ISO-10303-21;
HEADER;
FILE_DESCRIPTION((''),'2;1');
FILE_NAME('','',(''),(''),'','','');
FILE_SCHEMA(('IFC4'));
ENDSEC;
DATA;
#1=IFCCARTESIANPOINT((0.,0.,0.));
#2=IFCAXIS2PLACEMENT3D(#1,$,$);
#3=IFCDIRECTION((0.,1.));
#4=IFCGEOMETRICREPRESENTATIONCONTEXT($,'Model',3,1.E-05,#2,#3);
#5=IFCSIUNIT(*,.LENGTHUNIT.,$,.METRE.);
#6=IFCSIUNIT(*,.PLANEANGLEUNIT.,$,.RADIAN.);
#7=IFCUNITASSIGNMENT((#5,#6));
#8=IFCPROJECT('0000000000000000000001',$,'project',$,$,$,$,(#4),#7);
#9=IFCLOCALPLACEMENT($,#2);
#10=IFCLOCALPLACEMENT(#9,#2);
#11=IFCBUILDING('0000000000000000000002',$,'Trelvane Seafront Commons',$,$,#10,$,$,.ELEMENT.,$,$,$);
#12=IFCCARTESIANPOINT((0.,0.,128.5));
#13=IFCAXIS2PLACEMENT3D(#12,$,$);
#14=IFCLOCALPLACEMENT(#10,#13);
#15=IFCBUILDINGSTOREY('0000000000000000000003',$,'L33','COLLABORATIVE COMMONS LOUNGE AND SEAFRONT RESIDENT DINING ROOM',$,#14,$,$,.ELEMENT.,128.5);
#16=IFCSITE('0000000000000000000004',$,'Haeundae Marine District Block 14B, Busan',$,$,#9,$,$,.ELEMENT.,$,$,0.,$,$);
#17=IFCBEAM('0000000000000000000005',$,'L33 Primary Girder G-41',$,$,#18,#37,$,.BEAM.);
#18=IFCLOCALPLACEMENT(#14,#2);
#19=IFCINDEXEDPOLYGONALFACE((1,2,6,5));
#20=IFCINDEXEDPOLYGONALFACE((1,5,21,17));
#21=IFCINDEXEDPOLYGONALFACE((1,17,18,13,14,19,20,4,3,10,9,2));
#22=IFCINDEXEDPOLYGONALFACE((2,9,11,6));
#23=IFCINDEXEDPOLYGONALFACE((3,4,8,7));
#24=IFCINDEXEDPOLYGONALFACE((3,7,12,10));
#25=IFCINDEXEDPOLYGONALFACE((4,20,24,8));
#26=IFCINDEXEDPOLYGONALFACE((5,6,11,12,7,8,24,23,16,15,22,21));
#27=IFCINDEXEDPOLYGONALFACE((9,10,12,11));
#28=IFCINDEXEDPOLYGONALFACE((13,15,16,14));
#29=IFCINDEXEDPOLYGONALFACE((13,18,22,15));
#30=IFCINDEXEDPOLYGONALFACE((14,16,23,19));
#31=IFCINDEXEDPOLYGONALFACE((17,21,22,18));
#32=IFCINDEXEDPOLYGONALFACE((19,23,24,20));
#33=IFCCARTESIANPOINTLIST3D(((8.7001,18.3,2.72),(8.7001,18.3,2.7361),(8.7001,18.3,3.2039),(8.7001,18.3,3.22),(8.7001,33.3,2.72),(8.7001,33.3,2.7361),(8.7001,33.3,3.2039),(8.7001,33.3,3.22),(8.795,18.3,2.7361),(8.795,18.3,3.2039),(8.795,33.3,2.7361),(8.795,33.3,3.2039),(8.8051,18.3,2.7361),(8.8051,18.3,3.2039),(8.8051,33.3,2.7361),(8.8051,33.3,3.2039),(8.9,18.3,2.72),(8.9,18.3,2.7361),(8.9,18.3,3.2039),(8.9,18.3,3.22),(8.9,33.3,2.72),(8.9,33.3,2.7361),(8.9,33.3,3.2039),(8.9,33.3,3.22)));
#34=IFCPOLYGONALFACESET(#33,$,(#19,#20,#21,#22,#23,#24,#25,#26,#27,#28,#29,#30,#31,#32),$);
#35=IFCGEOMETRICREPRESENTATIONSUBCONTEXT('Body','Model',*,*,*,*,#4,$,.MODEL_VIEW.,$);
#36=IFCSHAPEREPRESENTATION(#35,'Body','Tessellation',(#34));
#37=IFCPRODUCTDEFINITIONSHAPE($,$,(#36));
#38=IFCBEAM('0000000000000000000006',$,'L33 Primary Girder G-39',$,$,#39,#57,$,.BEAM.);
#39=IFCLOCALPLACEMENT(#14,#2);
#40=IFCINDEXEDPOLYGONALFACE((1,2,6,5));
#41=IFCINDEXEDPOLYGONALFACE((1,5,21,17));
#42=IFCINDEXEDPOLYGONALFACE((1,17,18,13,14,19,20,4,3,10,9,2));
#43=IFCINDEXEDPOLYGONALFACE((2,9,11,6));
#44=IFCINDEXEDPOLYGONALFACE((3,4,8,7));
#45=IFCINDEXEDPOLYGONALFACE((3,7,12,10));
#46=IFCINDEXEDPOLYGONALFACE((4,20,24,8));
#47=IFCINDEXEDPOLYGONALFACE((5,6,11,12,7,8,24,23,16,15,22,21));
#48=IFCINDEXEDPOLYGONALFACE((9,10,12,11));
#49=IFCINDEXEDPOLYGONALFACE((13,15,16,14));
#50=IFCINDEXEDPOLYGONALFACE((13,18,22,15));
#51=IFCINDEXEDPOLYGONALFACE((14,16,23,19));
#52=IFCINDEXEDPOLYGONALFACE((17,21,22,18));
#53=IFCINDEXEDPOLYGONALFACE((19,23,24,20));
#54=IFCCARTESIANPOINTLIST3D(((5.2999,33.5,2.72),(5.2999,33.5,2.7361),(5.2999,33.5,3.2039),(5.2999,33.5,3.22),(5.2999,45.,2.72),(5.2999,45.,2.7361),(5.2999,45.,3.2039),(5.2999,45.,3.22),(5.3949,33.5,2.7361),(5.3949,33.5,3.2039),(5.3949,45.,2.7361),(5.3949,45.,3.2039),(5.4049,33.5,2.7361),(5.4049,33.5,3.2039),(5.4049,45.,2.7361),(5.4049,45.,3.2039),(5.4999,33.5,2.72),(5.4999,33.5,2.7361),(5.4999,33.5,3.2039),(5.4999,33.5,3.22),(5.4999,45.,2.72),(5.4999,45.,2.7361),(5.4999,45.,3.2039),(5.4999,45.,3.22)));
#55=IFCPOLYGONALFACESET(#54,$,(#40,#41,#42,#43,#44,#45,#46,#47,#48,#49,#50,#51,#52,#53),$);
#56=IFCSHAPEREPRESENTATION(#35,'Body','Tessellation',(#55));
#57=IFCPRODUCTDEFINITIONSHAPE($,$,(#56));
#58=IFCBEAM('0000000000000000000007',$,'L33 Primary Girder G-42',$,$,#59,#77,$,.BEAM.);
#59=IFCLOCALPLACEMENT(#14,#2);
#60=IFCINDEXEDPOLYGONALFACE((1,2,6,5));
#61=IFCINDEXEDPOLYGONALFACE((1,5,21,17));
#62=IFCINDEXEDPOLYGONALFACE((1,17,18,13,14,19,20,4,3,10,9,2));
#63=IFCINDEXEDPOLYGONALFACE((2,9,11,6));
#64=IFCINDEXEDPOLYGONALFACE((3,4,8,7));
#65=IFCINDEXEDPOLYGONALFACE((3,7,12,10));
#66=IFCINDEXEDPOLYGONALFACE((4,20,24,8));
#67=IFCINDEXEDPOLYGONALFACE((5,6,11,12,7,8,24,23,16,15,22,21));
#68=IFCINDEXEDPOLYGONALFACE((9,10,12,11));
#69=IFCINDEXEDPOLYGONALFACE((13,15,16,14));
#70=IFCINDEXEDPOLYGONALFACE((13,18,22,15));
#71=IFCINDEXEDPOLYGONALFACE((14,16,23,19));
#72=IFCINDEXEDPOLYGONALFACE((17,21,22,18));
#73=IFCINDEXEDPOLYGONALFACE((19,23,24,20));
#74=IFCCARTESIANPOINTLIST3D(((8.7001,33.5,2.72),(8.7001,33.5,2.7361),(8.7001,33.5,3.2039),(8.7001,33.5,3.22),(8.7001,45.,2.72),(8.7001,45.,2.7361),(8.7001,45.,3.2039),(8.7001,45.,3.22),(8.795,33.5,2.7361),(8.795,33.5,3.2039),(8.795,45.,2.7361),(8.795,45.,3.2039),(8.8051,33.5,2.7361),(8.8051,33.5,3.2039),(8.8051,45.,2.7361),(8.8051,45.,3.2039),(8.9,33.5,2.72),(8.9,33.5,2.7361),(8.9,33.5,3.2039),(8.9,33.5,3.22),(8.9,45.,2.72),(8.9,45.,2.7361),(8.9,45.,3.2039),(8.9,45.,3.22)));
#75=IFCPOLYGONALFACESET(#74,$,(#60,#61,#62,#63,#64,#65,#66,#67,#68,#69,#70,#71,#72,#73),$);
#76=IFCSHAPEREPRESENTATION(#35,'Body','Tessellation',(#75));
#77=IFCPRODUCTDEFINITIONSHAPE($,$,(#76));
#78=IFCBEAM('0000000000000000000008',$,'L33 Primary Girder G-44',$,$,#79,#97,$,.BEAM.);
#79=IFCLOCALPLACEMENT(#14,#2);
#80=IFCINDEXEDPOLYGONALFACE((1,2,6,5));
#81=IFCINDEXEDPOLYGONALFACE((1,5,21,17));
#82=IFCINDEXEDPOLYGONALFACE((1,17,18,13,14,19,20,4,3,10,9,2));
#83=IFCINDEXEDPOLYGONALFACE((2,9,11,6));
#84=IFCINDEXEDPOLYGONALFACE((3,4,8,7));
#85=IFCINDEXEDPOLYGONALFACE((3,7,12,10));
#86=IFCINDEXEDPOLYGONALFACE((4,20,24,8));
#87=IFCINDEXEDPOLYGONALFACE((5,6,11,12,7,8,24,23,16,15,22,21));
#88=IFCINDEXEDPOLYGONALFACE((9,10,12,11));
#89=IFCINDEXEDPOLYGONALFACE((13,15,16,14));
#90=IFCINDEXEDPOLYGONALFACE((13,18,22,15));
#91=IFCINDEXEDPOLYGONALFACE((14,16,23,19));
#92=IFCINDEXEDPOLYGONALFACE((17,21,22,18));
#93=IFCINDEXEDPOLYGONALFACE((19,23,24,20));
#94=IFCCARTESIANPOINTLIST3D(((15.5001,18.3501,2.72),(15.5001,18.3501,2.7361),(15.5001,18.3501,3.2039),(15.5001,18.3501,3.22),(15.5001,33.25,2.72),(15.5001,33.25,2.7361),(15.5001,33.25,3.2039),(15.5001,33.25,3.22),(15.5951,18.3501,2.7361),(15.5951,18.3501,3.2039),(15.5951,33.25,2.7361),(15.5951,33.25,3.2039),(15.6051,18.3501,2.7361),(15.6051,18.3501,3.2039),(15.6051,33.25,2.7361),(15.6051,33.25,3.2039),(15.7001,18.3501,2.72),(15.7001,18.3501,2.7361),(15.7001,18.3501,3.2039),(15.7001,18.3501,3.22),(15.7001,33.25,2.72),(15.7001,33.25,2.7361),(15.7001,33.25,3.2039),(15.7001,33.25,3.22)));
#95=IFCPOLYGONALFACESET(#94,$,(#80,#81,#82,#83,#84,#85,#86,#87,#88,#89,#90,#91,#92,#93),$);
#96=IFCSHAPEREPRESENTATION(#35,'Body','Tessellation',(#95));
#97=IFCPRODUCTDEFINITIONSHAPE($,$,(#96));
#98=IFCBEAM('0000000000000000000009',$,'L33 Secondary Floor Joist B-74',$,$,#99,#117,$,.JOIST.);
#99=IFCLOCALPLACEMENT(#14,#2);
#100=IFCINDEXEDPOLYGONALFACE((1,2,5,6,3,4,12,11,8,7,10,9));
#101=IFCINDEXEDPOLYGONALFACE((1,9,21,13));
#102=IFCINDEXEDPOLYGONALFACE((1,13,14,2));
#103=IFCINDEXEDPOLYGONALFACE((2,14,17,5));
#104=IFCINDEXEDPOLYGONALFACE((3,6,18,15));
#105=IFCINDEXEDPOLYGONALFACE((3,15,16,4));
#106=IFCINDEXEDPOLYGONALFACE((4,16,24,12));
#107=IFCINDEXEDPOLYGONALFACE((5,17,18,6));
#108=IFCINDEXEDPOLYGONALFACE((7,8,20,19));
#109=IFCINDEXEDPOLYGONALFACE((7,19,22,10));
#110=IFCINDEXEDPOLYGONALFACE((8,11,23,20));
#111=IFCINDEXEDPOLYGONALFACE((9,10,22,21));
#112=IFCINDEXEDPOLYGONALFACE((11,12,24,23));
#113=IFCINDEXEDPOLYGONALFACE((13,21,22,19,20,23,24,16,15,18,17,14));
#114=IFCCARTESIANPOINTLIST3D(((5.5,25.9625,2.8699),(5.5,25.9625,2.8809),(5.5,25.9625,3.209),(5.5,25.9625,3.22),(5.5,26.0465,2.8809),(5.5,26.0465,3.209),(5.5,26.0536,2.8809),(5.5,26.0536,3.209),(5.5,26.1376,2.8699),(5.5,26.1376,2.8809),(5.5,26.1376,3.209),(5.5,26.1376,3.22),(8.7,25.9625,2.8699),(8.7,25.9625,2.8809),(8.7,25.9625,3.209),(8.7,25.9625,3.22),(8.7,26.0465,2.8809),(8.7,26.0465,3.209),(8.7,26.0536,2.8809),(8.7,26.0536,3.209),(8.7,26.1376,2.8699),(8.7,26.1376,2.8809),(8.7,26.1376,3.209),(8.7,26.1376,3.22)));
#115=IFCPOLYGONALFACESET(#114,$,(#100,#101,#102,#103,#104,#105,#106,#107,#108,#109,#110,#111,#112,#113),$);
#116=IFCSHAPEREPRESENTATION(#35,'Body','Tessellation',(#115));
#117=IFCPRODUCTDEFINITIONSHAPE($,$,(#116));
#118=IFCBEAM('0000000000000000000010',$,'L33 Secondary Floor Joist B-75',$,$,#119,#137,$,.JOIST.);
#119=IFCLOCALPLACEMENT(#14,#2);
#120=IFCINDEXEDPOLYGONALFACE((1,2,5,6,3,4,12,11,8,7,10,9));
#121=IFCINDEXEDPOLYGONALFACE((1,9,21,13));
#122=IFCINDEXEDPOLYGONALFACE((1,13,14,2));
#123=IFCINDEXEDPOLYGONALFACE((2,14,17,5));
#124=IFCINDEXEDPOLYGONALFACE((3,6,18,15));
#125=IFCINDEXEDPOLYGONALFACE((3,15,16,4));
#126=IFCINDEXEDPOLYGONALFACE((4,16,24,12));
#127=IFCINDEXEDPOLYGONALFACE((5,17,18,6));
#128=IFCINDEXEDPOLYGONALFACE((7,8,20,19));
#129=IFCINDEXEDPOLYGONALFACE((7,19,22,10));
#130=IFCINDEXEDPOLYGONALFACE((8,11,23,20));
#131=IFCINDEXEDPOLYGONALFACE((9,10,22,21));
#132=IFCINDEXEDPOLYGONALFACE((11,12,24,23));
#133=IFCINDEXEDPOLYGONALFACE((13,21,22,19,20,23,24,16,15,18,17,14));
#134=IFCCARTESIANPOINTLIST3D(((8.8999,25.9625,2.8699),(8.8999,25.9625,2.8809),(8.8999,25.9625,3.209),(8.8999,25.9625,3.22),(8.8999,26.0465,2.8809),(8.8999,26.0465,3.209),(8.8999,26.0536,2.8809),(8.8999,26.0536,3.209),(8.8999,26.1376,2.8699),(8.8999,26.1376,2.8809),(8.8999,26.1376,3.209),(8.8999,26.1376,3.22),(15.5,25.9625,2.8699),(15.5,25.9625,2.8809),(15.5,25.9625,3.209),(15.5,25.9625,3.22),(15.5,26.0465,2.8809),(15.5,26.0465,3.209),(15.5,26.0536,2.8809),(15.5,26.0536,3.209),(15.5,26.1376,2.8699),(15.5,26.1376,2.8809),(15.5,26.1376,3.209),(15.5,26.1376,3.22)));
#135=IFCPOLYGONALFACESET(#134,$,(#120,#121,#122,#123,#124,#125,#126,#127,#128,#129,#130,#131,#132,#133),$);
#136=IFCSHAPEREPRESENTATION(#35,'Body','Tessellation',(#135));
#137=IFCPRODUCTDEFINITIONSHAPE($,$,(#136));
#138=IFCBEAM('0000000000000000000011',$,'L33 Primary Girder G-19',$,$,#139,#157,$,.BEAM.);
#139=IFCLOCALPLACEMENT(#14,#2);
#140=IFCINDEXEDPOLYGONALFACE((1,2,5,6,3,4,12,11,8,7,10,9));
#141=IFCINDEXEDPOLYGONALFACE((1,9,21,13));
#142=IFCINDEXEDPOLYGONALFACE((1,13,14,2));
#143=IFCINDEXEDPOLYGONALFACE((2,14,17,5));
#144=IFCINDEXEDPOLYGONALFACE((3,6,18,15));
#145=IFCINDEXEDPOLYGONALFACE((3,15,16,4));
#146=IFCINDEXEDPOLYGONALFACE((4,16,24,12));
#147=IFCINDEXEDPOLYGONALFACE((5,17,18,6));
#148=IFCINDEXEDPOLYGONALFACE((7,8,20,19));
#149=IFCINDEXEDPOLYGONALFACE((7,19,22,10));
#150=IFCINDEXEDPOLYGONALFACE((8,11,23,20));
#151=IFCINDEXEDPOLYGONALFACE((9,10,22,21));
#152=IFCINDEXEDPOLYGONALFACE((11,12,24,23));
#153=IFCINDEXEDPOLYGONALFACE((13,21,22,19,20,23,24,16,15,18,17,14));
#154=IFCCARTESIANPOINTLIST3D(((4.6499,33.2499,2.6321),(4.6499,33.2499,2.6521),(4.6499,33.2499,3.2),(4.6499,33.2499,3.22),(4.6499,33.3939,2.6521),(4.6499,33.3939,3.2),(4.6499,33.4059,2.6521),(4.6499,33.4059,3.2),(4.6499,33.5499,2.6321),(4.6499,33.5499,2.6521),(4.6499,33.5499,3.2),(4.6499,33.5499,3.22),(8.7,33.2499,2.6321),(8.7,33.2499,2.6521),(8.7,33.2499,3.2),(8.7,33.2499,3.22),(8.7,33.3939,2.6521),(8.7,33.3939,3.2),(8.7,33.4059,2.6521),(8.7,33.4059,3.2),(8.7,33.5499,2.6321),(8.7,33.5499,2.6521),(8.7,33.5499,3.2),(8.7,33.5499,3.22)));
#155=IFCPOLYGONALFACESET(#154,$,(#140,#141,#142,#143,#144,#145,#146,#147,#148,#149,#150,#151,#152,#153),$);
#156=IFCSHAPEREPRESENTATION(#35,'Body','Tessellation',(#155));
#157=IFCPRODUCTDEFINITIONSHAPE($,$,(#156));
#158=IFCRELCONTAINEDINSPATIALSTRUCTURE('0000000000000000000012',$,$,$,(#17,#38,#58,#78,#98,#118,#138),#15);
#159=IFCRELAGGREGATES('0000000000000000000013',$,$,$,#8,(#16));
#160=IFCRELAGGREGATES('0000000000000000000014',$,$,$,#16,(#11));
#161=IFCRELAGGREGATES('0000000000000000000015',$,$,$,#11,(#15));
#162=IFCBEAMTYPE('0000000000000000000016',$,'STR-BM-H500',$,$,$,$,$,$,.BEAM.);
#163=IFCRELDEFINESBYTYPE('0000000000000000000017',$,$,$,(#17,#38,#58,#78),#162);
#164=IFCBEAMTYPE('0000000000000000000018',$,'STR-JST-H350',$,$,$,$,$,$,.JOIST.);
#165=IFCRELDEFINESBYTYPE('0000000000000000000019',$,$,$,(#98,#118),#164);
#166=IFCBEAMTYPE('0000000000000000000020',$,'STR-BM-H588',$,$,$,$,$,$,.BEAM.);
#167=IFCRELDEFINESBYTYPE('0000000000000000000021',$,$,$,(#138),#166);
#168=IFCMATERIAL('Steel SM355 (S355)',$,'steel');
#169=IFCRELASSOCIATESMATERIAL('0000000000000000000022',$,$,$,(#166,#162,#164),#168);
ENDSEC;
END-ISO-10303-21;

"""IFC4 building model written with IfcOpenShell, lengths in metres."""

from ifc_helpers import new_model, si_unit, direction, frame, origin, origin_2d, place, context, subcontext, project, spatial, i_section, extrude, source, transform, mapped, material, material_profile, profile_set, type_object, element, save


model = new_model("IFC4")

# Units and contexts
model_context = context("Model", 3, precision=1e-05, world=origin(), true_north=direction((0.0, 1.0)))
body_context = subcontext(model_context, "Body", "Model", "MODEL_VIEW")
ifc_project = project(units=[si_unit("LENGTHUNIT", "METRE"), si_unit("PLANEANGLEUNIT", "RADIAN")], contexts=[model_context])

# Site, building, storey
site_placement = place(None, origin())
site = spatial("IfcSite", under=ifc_project, at=site_placement, Name="Haeundae Marine District Block 14B, Busan", CompositionType="ELEMENT", RefElevation=0.0)
building_placement = place(site_placement, origin())
building = spatial("IfcBuilding", under=site, at=building_placement, Name="Trelvane Seafront Commons", CompositionType="ELEMENT")
storey_placement = place(building_placement, frame((0.0, 0.0, 128.5)))
storey = spatial("IfcBuildingStorey", under=building, at=storey_placement, Name="L33", Description="COLLABORATIVE COMMONS LOUNGE AND SEAFRONT RESIDENT DINING ROOM", CompositionType="ELEMENT", Elevation=128.5)

# Shared definitions
ifc_material_1 = material(Name="Steel SM355 (S355)", Category="steel")

# Beams
ifc_material_profile_1 = material_profile(ifc_material_1, i_section(OverallWidth=0.3, OverallDepth=0.5879, WebThickness=0.012, FlangeThickness=0.02, at=origin_2d()), Name="H-588x300x12x20")
ifc_profile_set_1 = profile_set([ifc_material_profile_1], Name="Steel SM355 (S355)")
beam_type_1 = type_object("IfcBeamType", Name="STR-BM-H588", PredefinedType="BEAM", material=ifc_profile_set_1)
ifc_material_profile_2 = material_profile(ifc_material_1, i_section(OverallWidth=0.2, OverallDepth=0.5, WebThickness=0.01, FlangeThickness=0.0161, at=origin_2d()), Name="H-500x200x10x16")
ifc_profile_set_2 = profile_set([ifc_material_profile_2], Name="Steel SM355 (S355)")
beam_type_2 = type_object("IfcBeamType", Name="STR-BM-H500", PredefinedType="BEAM", material=ifc_profile_set_2)
shared_shape_1 = source(origin(), body_context, "Body", "SweptSolid", [
    extrude(i_section(OverallWidth=0.2, OverallDepth=0.5, WebThickness=0.01, FlangeThickness=0.0161, at=origin_2d()), origin(), (0.0, 0.0, 1.0), 15.0),
])
for number, where, z_axis, x_axis, name in (
    (1, (8.8, 18.3, 2.97), (0.0, 1.0, 0.0), (-1.0, 0.0, 0.0), "L33 Primary Girder G-41"),
):
    element("IfcBeam", number, at=place(storey_placement, frame(where, z_axis=z_axis, x_axis=x_axis)), inside=storey, type_object=beam_type_2, Name=name, PredefinedType="BEAM", context=body_context, shape_type="MappedRepresentation", body=[
        mapped(shared_shape_1, transform((0.0, 0.0, 0.0), x_axis=(1.0, 0.0, 0.0), y_axis=(0.0, 1.0, 0.0), z_axis=(0.0, 0.0, 1.0), scale=1.0)),
    ])
shared_shape_2 = source(origin(), body_context, "Body", "SweptSolid", [
    extrude(i_section(OverallWidth=0.2, OverallDepth=0.5, WebThickness=0.01, FlangeThickness=0.0161, at=origin_2d()), origin(), (0.0, 0.0, 1.0), 11.5),
])
for number, where, z_axis, x_axis, name in (
    (2, (5.3999, 33.5, 2.97), (0.0, 1.0, 0.0), (-1.0, 0.0, 0.0), "L33 Primary Girder G-39"),
    (3, (8.8, 33.5, 2.97), (0.0, 1.0, 0.0), (-1.0, 0.0, 0.0), "L33 Primary Girder G-42"),
):
    element("IfcBeam", number, at=place(storey_placement, frame(where, z_axis=z_axis, x_axis=x_axis)), inside=storey, type_object=beam_type_2, Name=name, PredefinedType="BEAM", context=body_context, shape_type="MappedRepresentation", body=[
        mapped(shared_shape_2, transform((0.0, 0.0, 0.0), x_axis=(1.0, 0.0, 0.0), y_axis=(0.0, 1.0, 0.0), z_axis=(0.0, 0.0, 1.0), scale=1.0)),
    ])
shared_shape_3 = source(origin(), body_context, "Body", "SweptSolid", [
    extrude(i_section(OverallWidth=0.2, OverallDepth=0.5, WebThickness=0.01, FlangeThickness=0.0161, at=origin_2d()), origin(), (0.0, 0.0, 1.0), 14.8999),
])
beam_1_placement = place(storey_placement, frame((15.6001, 18.3501, 2.97), z_axis=(0.0, 1.0, 0.0), x_axis=(-1.0, 0.0, 0.0)))
element("IfcBeam", 4, at=beam_1_placement, inside=storey, type_object=beam_type_2, Name="L33 Primary Girder G-44", PredefinedType="BEAM", context=body_context, shape_type="MappedRepresentation", body=[
    mapped(shared_shape_3, transform((0.0, 0.0, 0.0), x_axis=(1.0, 0.0, 0.0), y_axis=(0.0, 1.0, 0.0), z_axis=(0.0, 0.0, 1.0), scale=1.0)),
])
ifc_material_profile_3 = material_profile(ifc_material_1, i_section(OverallWidth=0.175, OverallDepth=0.3501, WebThickness=0.0071, FlangeThickness=0.011, at=origin_2d()), Name="H-350x175x7x11")
ifc_profile_set_3 = profile_set([ifc_material_profile_3], Name="Steel SM355 (S355)")
beam_type_3 = type_object("IfcBeamType", Name="STR-JST-H350", PredefinedType="JOIST", material=ifc_profile_set_3)
shared_shape_4 = source(origin(), body_context, "Body", "SweptSolid", [
    extrude(i_section(OverallWidth=0.175, OverallDepth=0.3501, WebThickness=0.0071, FlangeThickness=0.011, at=origin_2d()), origin(), (0.0, 0.0, 1.0), 3.2),
])
beam_2_placement = place(storey_placement, frame((5.5, 26.05, 3.0449), z_axis=(1.0, 0.0, 0.0), x_axis=(0.0, 1.0, 0.0)))
element("IfcBeam", 5, at=beam_2_placement, inside=storey, type_object=beam_type_3, Name="L33 Secondary Floor Joist B-74", PredefinedType="JOIST", context=body_context, shape_type="MappedRepresentation", body=[
    mapped(shared_shape_4, transform((0.0, 0.0, 0.0), x_axis=(1.0, 0.0, 0.0), y_axis=(0.0, 1.0, 0.0), z_axis=(0.0, 0.0, 1.0), scale=1.0)),
])
shared_shape_5 = source(origin(), body_context, "Body", "SweptSolid", [
    extrude(i_section(OverallWidth=0.175, OverallDepth=0.3501, WebThickness=0.0071, FlangeThickness=0.011, at=origin_2d()), origin(), (0.0, 0.0, 1.0), 6.6001),
])
beam_3_placement = place(storey_placement, frame((8.8999, 26.05, 3.0449), z_axis=(1.0, 0.0, 0.0), x_axis=(0.0, 1.0, 0.0)))
element("IfcBeam", 6, at=beam_3_placement, inside=storey, type_object=beam_type_3, Name="L33 Secondary Floor Joist B-75", PredefinedType="JOIST", context=body_context, shape_type="MappedRepresentation", body=[
    mapped(shared_shape_5, transform((0.0, 0.0, 0.0), x_axis=(1.0, 0.0, 0.0), y_axis=(0.0, 1.0, 0.0), z_axis=(0.0, 0.0, 1.0), scale=1.0)),
])
shared_shape_6 = source(origin(), body_context, "Body", "SweptSolid", [
    extrude(i_section(OverallWidth=0.3, OverallDepth=0.5879, WebThickness=0.012, FlangeThickness=0.02, at=origin_2d()), origin(), (0.0, 0.0, 1.0), 4.05),
])
beam_4_placement = place(storey_placement, frame((4.6499, 33.3999, 2.926), z_axis=(1.0, 0.0, 0.0), x_axis=(0.0, 1.0, 0.0)))
element("IfcBeam", 7, at=beam_4_placement, inside=storey, type_object=beam_type_1, Name="L33 Primary Girder G-19", PredefinedType="BEAM", context=body_context, shape_type="MappedRepresentation", body=[
    mapped(shared_shape_6, transform((0.0, 0.0, 0.0), x_axis=(1.0, 0.0, 0.0), y_axis=(0.0, 1.0, 0.0), z_axis=(0.0, 0.0, 1.0), scale=1.0)),
])

save(model, "model.ifc")
